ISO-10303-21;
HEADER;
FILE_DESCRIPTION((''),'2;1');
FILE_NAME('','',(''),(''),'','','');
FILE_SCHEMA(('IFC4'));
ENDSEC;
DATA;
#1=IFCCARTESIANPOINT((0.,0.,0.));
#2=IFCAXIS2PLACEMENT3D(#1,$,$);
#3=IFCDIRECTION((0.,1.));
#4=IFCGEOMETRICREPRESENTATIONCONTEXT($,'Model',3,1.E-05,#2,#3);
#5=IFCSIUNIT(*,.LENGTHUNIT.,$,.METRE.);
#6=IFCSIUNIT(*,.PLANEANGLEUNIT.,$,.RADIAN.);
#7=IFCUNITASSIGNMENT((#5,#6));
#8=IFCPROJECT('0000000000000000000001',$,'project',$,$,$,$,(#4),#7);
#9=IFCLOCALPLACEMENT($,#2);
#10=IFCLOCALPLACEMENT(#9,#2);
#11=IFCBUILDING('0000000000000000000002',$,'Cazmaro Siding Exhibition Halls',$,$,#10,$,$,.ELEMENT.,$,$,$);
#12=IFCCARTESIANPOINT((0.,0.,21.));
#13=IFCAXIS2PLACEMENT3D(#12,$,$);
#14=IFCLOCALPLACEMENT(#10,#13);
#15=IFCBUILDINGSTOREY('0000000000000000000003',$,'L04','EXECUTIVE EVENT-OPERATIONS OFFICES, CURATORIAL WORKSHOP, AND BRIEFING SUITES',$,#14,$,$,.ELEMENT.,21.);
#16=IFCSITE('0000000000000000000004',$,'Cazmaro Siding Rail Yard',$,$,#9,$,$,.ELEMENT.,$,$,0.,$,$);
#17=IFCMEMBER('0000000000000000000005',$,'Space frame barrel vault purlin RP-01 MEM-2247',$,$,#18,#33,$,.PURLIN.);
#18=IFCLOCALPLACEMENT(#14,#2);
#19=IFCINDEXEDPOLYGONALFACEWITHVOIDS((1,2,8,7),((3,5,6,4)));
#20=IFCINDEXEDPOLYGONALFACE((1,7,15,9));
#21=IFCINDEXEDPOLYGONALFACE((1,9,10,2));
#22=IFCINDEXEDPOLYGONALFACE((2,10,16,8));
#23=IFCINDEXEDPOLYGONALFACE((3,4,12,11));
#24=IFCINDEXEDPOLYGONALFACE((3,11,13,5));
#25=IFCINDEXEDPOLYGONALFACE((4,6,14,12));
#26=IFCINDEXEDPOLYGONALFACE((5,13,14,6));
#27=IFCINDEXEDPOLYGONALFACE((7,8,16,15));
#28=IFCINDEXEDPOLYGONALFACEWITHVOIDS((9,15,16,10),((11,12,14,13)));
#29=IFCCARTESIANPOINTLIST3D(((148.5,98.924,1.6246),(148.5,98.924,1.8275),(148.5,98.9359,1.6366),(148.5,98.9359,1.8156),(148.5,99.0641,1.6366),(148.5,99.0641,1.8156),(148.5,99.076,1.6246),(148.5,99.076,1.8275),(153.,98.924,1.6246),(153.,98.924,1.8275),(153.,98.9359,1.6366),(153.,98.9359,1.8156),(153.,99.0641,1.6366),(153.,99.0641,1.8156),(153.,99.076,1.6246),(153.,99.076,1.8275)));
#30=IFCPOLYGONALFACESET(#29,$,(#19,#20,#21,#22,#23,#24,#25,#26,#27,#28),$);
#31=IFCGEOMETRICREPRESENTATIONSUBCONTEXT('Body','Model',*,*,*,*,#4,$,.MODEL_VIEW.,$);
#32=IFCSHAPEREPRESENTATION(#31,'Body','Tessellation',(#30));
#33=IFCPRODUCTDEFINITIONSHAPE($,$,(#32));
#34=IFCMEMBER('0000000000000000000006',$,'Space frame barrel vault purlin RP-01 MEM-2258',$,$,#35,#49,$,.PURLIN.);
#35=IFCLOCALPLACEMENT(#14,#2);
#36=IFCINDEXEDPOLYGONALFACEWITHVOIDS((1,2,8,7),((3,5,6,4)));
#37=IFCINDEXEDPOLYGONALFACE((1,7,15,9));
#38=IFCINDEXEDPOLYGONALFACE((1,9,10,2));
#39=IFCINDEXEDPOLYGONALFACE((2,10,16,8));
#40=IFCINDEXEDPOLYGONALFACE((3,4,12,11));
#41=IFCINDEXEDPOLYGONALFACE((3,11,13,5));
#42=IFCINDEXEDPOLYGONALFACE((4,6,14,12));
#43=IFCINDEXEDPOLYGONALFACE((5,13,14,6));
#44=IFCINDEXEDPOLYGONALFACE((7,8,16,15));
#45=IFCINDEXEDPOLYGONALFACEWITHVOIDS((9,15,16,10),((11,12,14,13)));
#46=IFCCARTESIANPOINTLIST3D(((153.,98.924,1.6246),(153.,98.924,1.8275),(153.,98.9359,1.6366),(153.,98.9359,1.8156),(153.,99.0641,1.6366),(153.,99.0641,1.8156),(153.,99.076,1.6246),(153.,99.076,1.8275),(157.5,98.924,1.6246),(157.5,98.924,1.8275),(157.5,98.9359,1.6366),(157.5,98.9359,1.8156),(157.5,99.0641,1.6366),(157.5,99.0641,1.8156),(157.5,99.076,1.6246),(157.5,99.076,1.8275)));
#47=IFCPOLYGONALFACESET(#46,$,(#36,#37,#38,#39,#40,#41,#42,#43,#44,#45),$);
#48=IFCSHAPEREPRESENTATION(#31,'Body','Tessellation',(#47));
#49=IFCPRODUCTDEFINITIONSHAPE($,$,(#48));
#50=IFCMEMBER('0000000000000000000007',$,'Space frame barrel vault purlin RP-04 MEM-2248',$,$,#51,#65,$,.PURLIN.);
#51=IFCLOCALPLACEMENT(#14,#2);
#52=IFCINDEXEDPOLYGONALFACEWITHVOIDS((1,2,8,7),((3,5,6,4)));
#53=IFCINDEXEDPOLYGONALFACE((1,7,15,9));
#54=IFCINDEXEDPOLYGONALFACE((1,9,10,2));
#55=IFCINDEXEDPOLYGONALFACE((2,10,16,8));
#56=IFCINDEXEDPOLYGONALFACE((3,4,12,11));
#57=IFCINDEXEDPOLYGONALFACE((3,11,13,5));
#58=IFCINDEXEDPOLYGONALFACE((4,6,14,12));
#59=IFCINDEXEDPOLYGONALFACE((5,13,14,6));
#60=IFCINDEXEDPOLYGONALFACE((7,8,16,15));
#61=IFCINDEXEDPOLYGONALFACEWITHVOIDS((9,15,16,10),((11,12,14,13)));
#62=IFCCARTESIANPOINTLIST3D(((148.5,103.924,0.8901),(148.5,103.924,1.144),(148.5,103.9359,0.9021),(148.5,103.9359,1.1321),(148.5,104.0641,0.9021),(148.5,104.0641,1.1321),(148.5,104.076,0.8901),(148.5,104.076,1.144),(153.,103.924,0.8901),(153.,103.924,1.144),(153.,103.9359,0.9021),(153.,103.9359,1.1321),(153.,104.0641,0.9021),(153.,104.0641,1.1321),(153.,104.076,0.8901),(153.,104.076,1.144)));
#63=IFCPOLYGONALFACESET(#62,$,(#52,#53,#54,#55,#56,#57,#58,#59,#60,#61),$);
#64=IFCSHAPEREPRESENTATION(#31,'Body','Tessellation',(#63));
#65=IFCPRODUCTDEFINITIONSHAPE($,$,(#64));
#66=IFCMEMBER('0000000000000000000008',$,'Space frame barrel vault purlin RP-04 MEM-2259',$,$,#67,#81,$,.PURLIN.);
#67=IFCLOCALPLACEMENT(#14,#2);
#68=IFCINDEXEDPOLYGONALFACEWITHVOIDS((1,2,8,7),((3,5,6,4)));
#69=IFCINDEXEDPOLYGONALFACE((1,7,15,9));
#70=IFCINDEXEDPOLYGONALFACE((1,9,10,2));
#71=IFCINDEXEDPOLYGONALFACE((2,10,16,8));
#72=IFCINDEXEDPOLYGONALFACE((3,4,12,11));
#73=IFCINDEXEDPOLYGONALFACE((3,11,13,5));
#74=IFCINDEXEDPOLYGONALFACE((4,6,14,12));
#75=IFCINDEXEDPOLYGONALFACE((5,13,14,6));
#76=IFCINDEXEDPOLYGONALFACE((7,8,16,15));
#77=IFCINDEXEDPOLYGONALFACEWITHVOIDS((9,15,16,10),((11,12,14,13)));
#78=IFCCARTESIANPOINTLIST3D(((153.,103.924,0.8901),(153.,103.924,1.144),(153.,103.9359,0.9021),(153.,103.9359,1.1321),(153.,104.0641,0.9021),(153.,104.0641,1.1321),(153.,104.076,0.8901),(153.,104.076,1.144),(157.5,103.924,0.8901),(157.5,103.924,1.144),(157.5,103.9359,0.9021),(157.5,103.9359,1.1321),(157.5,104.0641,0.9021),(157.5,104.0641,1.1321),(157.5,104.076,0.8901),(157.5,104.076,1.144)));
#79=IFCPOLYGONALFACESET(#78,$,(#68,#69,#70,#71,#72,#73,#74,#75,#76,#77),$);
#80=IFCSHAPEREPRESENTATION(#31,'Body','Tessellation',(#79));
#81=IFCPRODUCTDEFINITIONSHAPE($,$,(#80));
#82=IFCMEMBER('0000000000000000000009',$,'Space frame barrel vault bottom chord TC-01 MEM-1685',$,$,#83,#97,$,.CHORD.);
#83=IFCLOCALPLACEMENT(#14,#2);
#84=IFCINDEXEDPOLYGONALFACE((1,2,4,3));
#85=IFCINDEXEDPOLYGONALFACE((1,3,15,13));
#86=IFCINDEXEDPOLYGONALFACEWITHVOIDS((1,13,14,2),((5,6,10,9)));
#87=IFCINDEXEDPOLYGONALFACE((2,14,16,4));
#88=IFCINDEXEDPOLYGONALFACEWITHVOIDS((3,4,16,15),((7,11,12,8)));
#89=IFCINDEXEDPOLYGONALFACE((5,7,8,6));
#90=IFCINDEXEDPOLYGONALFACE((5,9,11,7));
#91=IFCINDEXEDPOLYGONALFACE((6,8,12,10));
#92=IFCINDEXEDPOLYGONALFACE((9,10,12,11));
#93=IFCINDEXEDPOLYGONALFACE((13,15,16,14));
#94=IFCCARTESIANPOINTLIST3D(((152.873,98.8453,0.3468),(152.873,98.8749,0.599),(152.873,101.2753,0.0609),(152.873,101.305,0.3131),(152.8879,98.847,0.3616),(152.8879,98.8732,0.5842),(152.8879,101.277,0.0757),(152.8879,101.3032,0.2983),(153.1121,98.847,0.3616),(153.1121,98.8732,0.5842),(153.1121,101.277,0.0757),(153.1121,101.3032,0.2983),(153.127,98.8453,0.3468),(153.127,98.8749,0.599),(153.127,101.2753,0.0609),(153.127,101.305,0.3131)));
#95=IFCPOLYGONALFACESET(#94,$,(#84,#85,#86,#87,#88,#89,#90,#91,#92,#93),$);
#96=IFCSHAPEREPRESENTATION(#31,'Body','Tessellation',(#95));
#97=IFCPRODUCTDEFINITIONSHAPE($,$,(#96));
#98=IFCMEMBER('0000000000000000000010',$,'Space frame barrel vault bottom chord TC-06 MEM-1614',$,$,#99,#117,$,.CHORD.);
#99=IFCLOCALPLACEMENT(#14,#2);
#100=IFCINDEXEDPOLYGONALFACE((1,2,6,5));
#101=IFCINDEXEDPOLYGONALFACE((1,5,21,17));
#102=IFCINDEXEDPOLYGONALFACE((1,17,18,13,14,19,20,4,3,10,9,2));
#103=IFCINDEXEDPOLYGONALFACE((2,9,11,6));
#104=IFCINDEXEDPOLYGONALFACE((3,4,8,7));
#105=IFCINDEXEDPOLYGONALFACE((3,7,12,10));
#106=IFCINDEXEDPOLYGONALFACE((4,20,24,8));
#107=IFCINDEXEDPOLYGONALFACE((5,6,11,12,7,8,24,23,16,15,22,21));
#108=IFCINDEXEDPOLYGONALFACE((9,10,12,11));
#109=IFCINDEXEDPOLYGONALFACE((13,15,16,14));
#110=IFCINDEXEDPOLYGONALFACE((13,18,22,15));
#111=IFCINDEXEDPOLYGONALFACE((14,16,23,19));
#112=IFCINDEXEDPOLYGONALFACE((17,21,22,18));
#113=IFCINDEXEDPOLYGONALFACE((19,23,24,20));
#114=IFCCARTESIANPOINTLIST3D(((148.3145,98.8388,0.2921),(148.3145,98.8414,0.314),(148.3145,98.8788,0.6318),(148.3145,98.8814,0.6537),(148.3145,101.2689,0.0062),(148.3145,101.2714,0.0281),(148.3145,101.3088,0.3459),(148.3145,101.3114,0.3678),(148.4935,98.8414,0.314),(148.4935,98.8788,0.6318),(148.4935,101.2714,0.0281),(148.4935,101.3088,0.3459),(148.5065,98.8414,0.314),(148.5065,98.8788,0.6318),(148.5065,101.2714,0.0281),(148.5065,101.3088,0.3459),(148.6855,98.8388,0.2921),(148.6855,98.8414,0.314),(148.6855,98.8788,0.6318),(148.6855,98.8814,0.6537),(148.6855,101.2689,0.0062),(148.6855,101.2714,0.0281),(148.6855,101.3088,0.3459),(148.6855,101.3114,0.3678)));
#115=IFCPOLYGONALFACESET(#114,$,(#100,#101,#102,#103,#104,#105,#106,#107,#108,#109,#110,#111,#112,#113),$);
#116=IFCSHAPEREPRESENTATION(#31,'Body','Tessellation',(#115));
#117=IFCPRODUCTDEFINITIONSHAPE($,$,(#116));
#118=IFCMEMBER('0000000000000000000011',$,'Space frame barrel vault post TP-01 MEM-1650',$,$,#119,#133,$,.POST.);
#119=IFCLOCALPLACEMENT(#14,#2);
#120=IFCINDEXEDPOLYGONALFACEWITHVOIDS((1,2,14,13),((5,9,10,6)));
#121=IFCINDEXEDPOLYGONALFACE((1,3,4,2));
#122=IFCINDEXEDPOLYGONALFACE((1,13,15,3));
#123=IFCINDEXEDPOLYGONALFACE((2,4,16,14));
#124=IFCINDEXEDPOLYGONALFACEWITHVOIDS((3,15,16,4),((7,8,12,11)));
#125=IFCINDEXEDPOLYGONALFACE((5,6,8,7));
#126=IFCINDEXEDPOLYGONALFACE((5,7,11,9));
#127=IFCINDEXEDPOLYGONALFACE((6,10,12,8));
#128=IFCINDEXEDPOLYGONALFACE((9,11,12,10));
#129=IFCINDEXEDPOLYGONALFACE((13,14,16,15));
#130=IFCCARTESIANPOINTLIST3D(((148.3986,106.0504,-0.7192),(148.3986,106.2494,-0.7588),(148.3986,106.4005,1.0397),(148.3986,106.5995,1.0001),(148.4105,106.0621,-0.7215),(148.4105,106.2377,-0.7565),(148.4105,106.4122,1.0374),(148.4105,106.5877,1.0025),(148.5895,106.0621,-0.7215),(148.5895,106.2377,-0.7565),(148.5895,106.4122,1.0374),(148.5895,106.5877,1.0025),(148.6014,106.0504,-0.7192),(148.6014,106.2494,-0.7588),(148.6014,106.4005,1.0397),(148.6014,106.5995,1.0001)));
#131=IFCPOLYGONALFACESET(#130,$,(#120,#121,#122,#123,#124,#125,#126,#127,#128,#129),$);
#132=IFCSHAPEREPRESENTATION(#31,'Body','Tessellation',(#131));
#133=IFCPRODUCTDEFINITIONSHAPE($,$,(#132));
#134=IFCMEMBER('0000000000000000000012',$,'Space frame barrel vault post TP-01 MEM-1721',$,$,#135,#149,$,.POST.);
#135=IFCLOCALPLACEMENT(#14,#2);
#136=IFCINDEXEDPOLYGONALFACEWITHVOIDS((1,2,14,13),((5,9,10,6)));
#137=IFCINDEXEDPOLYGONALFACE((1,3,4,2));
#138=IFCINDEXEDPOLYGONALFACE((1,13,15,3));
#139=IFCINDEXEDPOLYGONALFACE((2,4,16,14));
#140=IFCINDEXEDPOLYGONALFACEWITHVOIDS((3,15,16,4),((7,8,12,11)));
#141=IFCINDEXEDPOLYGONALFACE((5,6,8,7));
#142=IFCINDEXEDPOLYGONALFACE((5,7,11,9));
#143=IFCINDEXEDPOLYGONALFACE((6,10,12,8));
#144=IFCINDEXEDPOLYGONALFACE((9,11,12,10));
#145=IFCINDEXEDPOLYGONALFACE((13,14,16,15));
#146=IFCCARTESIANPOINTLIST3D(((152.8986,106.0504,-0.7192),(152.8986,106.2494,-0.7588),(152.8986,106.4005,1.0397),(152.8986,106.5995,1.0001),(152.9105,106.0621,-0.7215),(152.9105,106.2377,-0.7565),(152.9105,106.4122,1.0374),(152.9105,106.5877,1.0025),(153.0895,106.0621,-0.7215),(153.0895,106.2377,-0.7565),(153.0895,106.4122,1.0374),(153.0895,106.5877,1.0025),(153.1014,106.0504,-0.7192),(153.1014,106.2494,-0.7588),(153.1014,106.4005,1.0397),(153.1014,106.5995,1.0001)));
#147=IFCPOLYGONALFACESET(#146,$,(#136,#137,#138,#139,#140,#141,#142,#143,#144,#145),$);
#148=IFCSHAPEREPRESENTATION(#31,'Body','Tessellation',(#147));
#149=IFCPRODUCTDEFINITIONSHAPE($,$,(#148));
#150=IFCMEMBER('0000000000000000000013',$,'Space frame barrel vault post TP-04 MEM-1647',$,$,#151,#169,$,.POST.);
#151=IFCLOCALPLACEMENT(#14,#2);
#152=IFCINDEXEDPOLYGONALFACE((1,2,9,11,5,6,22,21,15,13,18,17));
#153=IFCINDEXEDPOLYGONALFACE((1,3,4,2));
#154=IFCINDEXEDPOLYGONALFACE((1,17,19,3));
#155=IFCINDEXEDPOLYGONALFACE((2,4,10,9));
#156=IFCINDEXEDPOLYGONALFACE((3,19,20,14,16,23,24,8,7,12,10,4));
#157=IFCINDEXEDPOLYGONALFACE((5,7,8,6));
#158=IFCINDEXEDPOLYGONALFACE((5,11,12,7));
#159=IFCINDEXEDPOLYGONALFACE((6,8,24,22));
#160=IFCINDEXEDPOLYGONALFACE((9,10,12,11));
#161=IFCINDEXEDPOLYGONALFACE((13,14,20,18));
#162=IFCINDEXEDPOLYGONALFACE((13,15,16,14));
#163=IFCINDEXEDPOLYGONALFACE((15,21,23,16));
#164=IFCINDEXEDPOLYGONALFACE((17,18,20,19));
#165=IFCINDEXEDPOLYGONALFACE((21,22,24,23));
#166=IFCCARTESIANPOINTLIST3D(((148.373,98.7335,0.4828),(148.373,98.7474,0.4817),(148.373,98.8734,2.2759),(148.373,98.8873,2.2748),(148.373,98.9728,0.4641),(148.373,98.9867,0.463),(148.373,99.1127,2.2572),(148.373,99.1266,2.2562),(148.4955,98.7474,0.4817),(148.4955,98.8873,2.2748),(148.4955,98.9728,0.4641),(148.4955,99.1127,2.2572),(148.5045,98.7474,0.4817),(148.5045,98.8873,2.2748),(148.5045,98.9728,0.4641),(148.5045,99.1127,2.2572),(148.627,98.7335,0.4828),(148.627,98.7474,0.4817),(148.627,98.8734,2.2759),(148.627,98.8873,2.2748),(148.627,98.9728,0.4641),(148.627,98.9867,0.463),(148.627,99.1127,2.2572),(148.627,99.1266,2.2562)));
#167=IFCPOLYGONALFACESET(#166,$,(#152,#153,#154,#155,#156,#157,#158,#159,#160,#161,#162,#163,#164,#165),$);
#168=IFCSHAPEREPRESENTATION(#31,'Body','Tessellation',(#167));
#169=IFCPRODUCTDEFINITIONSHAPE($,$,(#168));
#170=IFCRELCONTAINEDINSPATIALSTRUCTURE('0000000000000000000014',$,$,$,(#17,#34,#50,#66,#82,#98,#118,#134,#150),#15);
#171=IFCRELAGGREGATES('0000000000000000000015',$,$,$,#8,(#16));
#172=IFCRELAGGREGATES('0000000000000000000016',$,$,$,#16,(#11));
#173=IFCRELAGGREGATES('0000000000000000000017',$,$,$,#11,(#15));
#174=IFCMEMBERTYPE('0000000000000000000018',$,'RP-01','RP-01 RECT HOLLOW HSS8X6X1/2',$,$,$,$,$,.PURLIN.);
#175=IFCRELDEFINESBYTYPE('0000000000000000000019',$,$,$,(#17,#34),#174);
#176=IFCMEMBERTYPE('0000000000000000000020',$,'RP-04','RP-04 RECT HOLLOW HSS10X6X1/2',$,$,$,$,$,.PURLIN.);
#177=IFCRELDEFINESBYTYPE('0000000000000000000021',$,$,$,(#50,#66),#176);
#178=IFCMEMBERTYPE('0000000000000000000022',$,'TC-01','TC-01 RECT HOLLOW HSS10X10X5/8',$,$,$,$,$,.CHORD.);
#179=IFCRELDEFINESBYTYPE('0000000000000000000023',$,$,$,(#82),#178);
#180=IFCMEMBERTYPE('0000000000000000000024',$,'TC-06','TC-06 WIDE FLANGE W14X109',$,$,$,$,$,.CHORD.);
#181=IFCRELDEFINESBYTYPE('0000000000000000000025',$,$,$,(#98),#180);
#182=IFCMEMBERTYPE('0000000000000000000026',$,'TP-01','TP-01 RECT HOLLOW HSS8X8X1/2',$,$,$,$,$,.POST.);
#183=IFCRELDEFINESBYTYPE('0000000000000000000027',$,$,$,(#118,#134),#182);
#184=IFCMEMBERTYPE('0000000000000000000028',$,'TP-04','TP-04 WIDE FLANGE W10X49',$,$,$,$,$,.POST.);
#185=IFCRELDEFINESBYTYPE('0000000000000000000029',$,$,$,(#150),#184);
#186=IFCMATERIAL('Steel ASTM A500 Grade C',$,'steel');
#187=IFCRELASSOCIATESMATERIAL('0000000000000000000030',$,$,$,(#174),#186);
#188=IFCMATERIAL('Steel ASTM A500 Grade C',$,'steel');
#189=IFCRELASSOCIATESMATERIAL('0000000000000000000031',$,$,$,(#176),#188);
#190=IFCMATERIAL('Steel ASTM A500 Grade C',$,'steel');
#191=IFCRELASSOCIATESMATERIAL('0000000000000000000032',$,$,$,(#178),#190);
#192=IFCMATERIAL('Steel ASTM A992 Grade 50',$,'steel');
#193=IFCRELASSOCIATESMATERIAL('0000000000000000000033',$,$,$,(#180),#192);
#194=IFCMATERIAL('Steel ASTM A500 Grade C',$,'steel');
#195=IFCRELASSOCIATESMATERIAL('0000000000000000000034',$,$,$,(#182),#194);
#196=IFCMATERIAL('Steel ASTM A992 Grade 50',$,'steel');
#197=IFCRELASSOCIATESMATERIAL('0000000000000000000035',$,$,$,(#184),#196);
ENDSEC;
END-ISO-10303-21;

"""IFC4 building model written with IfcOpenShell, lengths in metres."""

from ifc_helpers import new_model, si_unit, direction, frame, origin, origin_2d, place, context, subcontext, project, spatial, hollow_rectangle, i_section, extrude, material, material_profile, profile_set, type_object, element, save


model = new_model("IFC4")

# Units and contexts
model_context = context("Model", 3, precision=1e-05, world=origin(), true_north=direction((0.0, 1.0)))
body_context = subcontext(model_context, "Body", "Model", "MODEL_VIEW")
ifc_project = project(units=[si_unit("LENGTHUNIT", "METRE"), si_unit("PLANEANGLEUNIT", "RADIAN")], contexts=[model_context])

# Site, building, storey
site_placement = place(None, origin())
site = spatial("IfcSite", under=ifc_project, at=site_placement, Name="Cazmaro Siding Rail Yard", CompositionType="ELEMENT", RefElevation=0.0)
building_placement = place(site_placement, origin())
building = spatial("IfcBuilding", under=site, at=building_placement, Name="Cazmaro Siding Exhibition Halls", CompositionType="ELEMENT")
storey_placement = place(building_placement, frame((0.0, 0.0, 21.0)))
storey = spatial("IfcBuildingStorey", under=building, at=storey_placement, Name="L04", Description="EXECUTIVE EVENT-OPERATIONS OFFICES, CURATORIAL WORKSHOP, AND BRIEFING SUITES", CompositionType="ELEMENT", Elevation=21.0)

# Members
ifc_material_1 = material(Name="Steel ASTM A500 Grade C", Category="steel")
ifc_material_profile_1 = material_profile(ifc_material_1, hollow_rectangle(XDim=0.1521, YDim=0.2029, WallThickness=0.012, at=origin_2d()), Name="HSS8X6X1/2")
ifc_profile_set_1 = profile_set([ifc_material_profile_1], Name="Steel ASTM A500 Grade C")
member_type_1 = type_object("IfcMemberType", Name="RP-01", Description="RP-01 RECT HOLLOW HSS8X6X1/2", PredefinedType="PURLIN", material=ifc_profile_set_1)
for number, where, z_axis, x_axis, name in (
    (1, (148.5, 99.0, 1.7261), (1.0, 0.0, 0.0), (0.0, 1.0, 0.0), "Space frame barrel vault purlin RP-01 MEM-2247"),
    (2, (153.0, 99.0, 1.7261), (1.0, 0.0, 0.0), (0.0, 1.0, 0.0), "Space frame barrel vault purlin RP-01 MEM-2258"),
):
    element("IfcMember", number, at=place(storey_placement, frame(where, z_axis=z_axis, x_axis=x_axis)), inside=storey, type_object=member_type_1, Name=name, PredefinedType="PURLIN", context=body_context, shape_type="SweptSolid", body=[
        extrude(hollow_rectangle(XDim=0.1521, YDim=0.2029, WallThickness=0.012, at=origin_2d()), origin(), (0.0, 0.0, 1.0), 4.5),
    ])
ifc_material_2 = material(Name="Steel ASTM A500 Grade C", Category="steel")
ifc_material_profile_2 = material_profile(ifc_material_2, hollow_rectangle(XDim=0.1521, YDim=0.2539, WallThickness=0.012, at=origin_2d()), Name="HSS10X6X1/2")
ifc_profile_set_2 = profile_set([ifc_material_profile_2], Name="Steel ASTM A500 Grade C")
member_type_2 = type_object("IfcMemberType", Name="RP-04", Description="RP-04 RECT HOLLOW HSS10X6X1/2", PredefinedType="PURLIN", material=ifc_profile_set_2)
for number, where, z_axis, x_axis, name in (
    (3, (148.5, 104.0, 1.0171), (1.0, 0.0, 0.0), (0.0, 1.0, 0.0), "Space frame barrel vault purlin RP-04 MEM-2248"),
    (4, (153.0, 104.0, 1.0171), (1.0, 0.0, 0.0), (0.0, 1.0, 0.0), "Space frame barrel vault purlin RP-04 MEM-2259"),
):
    element("IfcMember", number, at=place(storey_placement, frame(where, z_axis=z_axis, x_axis=x_axis)), inside=storey, type_object=member_type_2, Name=name, PredefinedType="PURLIN", context=body_context, shape_type="SweptSolid", body=[
        extrude(hollow_rectangle(XDim=0.1521, YDim=0.2539, WallThickness=0.012, at=origin_2d()), origin(), (0.0, 0.0, 1.0), 4.5),
    ])
ifc_material_3 = material(Name="Steel ASTM A500 Grade C", Category="steel")
ifc_material_profile_3 = material_profile(ifc_material_3, hollow_rectangle(XDim=0.2539, YDim=0.2539, WallThickness=0.0149, at=origin_2d()), Name="HSS10X10X5/8")
ifc_profile_set_3 = profile_set([ifc_material_profile_3], Name="Steel ASTM A500 Grade C")
member_type_3 = type_object("IfcMemberType", Name="TC-01", Description="TC-01 RECT HOLLOW HSS10X10X5/8", PredefinedType="CHORD", material=ifc_profile_set_3)
member_1_placement = place(storey_placement, frame((153.0, 98.8601, 0.4729), z_axis=(0.0, 0.99315, -0.116847), x_axis=(-1.0, 0.0, 0.0)))
element("IfcMember", 5, at=member_1_placement, inside=storey, type_object=member_type_3, Name="Space frame barrel vault bottom chord TC-01 MEM-1685", PredefinedType="CHORD", context=body_context, shape_type="SweptSolid", body=[
    extrude(hollow_rectangle(XDim=0.2539, YDim=0.2539, WallThickness=0.0149, at=origin_2d()), origin(), (0.0, 0.0, 1.0), 2.4468),
])
ifc_material_4 = material(Name="Steel ASTM A992 Grade 50", Category="steel")
ifc_material_profile_4 = material_profile(ifc_material_4, i_section(OverallWidth=0.3711, OverallDepth=0.364, WebThickness=0.0129, FlangeThickness=0.022, at=origin_2d()), Name="W14X109")
ifc_profile_set_4 = profile_set([ifc_material_profile_4], Name="Steel ASTM A992 Grade 50")
member_type_4 = type_object("IfcMemberType", Name="TC-06", Description="TC-06 WIDE FLANGE W14X109", PredefinedType="CHORD", material=ifc_profile_set_4)
member_2_placement = place(storey_placement, frame((148.5, 98.8601, 0.4729), z_axis=(0.0, 0.99315, -0.116847), x_axis=(-1.0, 0.0, 0.0)))
element("IfcMember", 6, at=member_2_placement, inside=storey, type_object=member_type_4, Name="Space frame barrel vault bottom chord TC-06 MEM-1614", PredefinedType="CHORD", context=body_context, shape_type="SweptSolid", body=[
    extrude(i_section(OverallWidth=0.3711, OverallDepth=0.364, WebThickness=0.0129, FlangeThickness=0.022, at=origin_2d()), origin(), (0.0, 0.0, 1.0), 2.4468),
])
ifc_material_5 = material(Name="Steel ASTM A500 Grade C", Category="steel")
ifc_material_profile_5 = material_profile(ifc_material_5, hollow_rectangle(XDim=0.2029, YDim=0.2029, WallThickness=0.012, at=origin_2d()), Name="HSS8X8X1/2")
ifc_profile_set_5 = profile_set([ifc_material_profile_5], Name="Steel ASTM A500 Grade C")
member_type_5 = type_object("IfcMemberType", Name="TP-01", Description="TP-01 RECT HOLLOW HSS8X8X1/2", PredefinedType="POST", material=ifc_profile_set_5)
for number, where, z_axis, x_axis, name in (
    (7, (148.5, 106.1499, -0.739), (0.0, 0.1952, 0.980763), (-1.0, 0.0, 0.0), "Space frame barrel vault post TP-01 MEM-1650"),
    (8, (153.0, 106.1499, -0.739), (0.0, 0.1952, 0.980763), (-1.0, 0.0, 0.0), "Space frame barrel vault post TP-01 MEM-1721"),
):
    element("IfcMember", number, at=place(storey_placement, frame(where, z_axis=z_axis, x_axis=x_axis)), inside=storey, type_object=member_type_5, Name=name, PredefinedType="POST", context=body_context, shape_type="SweptSolid", body=[
        extrude(hollow_rectangle(XDim=0.2029, YDim=0.2029, WallThickness=0.012, at=origin_2d()), origin(), (0.0, 0.0, 1.0), 1.7935),
    ])
ifc_material_6 = material(Name="Steel ASTM A992 Grade 50", Category="steel")
ifc_material_profile_6 = material_profile(ifc_material_6, i_section(OverallWidth=0.2539, OverallDepth=0.2539, WebThickness=0.009, FlangeThickness=0.0139, at=origin_2d()), Name="W10X49")
ifc_profile_set_6 = profile_set([ifc_material_profile_6], Name="Steel ASTM A992 Grade 50")
member_type_6 = type_object("IfcMemberType", Name="TP-04", Description="TP-04 WIDE FLANGE W10X49", PredefinedType="POST", material=ifc_profile_set_6)
member_3_placement = place(storey_placement, frame((148.5, 98.8601, 0.4729), z_axis=(0.0, 0.077776, 0.996971), x_axis=(-1.0, 0.0, 0.0)))
element("IfcMember", 9, at=member_3_placement, inside=storey, type_object=member_type_6, Name="Space frame barrel vault post TP-04 MEM-1647", PredefinedType="POST", context=body_context, shape_type="SweptSolid", body=[
    extrude(i_section(OverallWidth=0.2539, OverallDepth=0.2539, WebThickness=0.009, FlangeThickness=0.0139, at=origin_2d()), origin(), (0.0, 0.0, 1.0), 1.7986),
])

save(model, "model.ifc")
